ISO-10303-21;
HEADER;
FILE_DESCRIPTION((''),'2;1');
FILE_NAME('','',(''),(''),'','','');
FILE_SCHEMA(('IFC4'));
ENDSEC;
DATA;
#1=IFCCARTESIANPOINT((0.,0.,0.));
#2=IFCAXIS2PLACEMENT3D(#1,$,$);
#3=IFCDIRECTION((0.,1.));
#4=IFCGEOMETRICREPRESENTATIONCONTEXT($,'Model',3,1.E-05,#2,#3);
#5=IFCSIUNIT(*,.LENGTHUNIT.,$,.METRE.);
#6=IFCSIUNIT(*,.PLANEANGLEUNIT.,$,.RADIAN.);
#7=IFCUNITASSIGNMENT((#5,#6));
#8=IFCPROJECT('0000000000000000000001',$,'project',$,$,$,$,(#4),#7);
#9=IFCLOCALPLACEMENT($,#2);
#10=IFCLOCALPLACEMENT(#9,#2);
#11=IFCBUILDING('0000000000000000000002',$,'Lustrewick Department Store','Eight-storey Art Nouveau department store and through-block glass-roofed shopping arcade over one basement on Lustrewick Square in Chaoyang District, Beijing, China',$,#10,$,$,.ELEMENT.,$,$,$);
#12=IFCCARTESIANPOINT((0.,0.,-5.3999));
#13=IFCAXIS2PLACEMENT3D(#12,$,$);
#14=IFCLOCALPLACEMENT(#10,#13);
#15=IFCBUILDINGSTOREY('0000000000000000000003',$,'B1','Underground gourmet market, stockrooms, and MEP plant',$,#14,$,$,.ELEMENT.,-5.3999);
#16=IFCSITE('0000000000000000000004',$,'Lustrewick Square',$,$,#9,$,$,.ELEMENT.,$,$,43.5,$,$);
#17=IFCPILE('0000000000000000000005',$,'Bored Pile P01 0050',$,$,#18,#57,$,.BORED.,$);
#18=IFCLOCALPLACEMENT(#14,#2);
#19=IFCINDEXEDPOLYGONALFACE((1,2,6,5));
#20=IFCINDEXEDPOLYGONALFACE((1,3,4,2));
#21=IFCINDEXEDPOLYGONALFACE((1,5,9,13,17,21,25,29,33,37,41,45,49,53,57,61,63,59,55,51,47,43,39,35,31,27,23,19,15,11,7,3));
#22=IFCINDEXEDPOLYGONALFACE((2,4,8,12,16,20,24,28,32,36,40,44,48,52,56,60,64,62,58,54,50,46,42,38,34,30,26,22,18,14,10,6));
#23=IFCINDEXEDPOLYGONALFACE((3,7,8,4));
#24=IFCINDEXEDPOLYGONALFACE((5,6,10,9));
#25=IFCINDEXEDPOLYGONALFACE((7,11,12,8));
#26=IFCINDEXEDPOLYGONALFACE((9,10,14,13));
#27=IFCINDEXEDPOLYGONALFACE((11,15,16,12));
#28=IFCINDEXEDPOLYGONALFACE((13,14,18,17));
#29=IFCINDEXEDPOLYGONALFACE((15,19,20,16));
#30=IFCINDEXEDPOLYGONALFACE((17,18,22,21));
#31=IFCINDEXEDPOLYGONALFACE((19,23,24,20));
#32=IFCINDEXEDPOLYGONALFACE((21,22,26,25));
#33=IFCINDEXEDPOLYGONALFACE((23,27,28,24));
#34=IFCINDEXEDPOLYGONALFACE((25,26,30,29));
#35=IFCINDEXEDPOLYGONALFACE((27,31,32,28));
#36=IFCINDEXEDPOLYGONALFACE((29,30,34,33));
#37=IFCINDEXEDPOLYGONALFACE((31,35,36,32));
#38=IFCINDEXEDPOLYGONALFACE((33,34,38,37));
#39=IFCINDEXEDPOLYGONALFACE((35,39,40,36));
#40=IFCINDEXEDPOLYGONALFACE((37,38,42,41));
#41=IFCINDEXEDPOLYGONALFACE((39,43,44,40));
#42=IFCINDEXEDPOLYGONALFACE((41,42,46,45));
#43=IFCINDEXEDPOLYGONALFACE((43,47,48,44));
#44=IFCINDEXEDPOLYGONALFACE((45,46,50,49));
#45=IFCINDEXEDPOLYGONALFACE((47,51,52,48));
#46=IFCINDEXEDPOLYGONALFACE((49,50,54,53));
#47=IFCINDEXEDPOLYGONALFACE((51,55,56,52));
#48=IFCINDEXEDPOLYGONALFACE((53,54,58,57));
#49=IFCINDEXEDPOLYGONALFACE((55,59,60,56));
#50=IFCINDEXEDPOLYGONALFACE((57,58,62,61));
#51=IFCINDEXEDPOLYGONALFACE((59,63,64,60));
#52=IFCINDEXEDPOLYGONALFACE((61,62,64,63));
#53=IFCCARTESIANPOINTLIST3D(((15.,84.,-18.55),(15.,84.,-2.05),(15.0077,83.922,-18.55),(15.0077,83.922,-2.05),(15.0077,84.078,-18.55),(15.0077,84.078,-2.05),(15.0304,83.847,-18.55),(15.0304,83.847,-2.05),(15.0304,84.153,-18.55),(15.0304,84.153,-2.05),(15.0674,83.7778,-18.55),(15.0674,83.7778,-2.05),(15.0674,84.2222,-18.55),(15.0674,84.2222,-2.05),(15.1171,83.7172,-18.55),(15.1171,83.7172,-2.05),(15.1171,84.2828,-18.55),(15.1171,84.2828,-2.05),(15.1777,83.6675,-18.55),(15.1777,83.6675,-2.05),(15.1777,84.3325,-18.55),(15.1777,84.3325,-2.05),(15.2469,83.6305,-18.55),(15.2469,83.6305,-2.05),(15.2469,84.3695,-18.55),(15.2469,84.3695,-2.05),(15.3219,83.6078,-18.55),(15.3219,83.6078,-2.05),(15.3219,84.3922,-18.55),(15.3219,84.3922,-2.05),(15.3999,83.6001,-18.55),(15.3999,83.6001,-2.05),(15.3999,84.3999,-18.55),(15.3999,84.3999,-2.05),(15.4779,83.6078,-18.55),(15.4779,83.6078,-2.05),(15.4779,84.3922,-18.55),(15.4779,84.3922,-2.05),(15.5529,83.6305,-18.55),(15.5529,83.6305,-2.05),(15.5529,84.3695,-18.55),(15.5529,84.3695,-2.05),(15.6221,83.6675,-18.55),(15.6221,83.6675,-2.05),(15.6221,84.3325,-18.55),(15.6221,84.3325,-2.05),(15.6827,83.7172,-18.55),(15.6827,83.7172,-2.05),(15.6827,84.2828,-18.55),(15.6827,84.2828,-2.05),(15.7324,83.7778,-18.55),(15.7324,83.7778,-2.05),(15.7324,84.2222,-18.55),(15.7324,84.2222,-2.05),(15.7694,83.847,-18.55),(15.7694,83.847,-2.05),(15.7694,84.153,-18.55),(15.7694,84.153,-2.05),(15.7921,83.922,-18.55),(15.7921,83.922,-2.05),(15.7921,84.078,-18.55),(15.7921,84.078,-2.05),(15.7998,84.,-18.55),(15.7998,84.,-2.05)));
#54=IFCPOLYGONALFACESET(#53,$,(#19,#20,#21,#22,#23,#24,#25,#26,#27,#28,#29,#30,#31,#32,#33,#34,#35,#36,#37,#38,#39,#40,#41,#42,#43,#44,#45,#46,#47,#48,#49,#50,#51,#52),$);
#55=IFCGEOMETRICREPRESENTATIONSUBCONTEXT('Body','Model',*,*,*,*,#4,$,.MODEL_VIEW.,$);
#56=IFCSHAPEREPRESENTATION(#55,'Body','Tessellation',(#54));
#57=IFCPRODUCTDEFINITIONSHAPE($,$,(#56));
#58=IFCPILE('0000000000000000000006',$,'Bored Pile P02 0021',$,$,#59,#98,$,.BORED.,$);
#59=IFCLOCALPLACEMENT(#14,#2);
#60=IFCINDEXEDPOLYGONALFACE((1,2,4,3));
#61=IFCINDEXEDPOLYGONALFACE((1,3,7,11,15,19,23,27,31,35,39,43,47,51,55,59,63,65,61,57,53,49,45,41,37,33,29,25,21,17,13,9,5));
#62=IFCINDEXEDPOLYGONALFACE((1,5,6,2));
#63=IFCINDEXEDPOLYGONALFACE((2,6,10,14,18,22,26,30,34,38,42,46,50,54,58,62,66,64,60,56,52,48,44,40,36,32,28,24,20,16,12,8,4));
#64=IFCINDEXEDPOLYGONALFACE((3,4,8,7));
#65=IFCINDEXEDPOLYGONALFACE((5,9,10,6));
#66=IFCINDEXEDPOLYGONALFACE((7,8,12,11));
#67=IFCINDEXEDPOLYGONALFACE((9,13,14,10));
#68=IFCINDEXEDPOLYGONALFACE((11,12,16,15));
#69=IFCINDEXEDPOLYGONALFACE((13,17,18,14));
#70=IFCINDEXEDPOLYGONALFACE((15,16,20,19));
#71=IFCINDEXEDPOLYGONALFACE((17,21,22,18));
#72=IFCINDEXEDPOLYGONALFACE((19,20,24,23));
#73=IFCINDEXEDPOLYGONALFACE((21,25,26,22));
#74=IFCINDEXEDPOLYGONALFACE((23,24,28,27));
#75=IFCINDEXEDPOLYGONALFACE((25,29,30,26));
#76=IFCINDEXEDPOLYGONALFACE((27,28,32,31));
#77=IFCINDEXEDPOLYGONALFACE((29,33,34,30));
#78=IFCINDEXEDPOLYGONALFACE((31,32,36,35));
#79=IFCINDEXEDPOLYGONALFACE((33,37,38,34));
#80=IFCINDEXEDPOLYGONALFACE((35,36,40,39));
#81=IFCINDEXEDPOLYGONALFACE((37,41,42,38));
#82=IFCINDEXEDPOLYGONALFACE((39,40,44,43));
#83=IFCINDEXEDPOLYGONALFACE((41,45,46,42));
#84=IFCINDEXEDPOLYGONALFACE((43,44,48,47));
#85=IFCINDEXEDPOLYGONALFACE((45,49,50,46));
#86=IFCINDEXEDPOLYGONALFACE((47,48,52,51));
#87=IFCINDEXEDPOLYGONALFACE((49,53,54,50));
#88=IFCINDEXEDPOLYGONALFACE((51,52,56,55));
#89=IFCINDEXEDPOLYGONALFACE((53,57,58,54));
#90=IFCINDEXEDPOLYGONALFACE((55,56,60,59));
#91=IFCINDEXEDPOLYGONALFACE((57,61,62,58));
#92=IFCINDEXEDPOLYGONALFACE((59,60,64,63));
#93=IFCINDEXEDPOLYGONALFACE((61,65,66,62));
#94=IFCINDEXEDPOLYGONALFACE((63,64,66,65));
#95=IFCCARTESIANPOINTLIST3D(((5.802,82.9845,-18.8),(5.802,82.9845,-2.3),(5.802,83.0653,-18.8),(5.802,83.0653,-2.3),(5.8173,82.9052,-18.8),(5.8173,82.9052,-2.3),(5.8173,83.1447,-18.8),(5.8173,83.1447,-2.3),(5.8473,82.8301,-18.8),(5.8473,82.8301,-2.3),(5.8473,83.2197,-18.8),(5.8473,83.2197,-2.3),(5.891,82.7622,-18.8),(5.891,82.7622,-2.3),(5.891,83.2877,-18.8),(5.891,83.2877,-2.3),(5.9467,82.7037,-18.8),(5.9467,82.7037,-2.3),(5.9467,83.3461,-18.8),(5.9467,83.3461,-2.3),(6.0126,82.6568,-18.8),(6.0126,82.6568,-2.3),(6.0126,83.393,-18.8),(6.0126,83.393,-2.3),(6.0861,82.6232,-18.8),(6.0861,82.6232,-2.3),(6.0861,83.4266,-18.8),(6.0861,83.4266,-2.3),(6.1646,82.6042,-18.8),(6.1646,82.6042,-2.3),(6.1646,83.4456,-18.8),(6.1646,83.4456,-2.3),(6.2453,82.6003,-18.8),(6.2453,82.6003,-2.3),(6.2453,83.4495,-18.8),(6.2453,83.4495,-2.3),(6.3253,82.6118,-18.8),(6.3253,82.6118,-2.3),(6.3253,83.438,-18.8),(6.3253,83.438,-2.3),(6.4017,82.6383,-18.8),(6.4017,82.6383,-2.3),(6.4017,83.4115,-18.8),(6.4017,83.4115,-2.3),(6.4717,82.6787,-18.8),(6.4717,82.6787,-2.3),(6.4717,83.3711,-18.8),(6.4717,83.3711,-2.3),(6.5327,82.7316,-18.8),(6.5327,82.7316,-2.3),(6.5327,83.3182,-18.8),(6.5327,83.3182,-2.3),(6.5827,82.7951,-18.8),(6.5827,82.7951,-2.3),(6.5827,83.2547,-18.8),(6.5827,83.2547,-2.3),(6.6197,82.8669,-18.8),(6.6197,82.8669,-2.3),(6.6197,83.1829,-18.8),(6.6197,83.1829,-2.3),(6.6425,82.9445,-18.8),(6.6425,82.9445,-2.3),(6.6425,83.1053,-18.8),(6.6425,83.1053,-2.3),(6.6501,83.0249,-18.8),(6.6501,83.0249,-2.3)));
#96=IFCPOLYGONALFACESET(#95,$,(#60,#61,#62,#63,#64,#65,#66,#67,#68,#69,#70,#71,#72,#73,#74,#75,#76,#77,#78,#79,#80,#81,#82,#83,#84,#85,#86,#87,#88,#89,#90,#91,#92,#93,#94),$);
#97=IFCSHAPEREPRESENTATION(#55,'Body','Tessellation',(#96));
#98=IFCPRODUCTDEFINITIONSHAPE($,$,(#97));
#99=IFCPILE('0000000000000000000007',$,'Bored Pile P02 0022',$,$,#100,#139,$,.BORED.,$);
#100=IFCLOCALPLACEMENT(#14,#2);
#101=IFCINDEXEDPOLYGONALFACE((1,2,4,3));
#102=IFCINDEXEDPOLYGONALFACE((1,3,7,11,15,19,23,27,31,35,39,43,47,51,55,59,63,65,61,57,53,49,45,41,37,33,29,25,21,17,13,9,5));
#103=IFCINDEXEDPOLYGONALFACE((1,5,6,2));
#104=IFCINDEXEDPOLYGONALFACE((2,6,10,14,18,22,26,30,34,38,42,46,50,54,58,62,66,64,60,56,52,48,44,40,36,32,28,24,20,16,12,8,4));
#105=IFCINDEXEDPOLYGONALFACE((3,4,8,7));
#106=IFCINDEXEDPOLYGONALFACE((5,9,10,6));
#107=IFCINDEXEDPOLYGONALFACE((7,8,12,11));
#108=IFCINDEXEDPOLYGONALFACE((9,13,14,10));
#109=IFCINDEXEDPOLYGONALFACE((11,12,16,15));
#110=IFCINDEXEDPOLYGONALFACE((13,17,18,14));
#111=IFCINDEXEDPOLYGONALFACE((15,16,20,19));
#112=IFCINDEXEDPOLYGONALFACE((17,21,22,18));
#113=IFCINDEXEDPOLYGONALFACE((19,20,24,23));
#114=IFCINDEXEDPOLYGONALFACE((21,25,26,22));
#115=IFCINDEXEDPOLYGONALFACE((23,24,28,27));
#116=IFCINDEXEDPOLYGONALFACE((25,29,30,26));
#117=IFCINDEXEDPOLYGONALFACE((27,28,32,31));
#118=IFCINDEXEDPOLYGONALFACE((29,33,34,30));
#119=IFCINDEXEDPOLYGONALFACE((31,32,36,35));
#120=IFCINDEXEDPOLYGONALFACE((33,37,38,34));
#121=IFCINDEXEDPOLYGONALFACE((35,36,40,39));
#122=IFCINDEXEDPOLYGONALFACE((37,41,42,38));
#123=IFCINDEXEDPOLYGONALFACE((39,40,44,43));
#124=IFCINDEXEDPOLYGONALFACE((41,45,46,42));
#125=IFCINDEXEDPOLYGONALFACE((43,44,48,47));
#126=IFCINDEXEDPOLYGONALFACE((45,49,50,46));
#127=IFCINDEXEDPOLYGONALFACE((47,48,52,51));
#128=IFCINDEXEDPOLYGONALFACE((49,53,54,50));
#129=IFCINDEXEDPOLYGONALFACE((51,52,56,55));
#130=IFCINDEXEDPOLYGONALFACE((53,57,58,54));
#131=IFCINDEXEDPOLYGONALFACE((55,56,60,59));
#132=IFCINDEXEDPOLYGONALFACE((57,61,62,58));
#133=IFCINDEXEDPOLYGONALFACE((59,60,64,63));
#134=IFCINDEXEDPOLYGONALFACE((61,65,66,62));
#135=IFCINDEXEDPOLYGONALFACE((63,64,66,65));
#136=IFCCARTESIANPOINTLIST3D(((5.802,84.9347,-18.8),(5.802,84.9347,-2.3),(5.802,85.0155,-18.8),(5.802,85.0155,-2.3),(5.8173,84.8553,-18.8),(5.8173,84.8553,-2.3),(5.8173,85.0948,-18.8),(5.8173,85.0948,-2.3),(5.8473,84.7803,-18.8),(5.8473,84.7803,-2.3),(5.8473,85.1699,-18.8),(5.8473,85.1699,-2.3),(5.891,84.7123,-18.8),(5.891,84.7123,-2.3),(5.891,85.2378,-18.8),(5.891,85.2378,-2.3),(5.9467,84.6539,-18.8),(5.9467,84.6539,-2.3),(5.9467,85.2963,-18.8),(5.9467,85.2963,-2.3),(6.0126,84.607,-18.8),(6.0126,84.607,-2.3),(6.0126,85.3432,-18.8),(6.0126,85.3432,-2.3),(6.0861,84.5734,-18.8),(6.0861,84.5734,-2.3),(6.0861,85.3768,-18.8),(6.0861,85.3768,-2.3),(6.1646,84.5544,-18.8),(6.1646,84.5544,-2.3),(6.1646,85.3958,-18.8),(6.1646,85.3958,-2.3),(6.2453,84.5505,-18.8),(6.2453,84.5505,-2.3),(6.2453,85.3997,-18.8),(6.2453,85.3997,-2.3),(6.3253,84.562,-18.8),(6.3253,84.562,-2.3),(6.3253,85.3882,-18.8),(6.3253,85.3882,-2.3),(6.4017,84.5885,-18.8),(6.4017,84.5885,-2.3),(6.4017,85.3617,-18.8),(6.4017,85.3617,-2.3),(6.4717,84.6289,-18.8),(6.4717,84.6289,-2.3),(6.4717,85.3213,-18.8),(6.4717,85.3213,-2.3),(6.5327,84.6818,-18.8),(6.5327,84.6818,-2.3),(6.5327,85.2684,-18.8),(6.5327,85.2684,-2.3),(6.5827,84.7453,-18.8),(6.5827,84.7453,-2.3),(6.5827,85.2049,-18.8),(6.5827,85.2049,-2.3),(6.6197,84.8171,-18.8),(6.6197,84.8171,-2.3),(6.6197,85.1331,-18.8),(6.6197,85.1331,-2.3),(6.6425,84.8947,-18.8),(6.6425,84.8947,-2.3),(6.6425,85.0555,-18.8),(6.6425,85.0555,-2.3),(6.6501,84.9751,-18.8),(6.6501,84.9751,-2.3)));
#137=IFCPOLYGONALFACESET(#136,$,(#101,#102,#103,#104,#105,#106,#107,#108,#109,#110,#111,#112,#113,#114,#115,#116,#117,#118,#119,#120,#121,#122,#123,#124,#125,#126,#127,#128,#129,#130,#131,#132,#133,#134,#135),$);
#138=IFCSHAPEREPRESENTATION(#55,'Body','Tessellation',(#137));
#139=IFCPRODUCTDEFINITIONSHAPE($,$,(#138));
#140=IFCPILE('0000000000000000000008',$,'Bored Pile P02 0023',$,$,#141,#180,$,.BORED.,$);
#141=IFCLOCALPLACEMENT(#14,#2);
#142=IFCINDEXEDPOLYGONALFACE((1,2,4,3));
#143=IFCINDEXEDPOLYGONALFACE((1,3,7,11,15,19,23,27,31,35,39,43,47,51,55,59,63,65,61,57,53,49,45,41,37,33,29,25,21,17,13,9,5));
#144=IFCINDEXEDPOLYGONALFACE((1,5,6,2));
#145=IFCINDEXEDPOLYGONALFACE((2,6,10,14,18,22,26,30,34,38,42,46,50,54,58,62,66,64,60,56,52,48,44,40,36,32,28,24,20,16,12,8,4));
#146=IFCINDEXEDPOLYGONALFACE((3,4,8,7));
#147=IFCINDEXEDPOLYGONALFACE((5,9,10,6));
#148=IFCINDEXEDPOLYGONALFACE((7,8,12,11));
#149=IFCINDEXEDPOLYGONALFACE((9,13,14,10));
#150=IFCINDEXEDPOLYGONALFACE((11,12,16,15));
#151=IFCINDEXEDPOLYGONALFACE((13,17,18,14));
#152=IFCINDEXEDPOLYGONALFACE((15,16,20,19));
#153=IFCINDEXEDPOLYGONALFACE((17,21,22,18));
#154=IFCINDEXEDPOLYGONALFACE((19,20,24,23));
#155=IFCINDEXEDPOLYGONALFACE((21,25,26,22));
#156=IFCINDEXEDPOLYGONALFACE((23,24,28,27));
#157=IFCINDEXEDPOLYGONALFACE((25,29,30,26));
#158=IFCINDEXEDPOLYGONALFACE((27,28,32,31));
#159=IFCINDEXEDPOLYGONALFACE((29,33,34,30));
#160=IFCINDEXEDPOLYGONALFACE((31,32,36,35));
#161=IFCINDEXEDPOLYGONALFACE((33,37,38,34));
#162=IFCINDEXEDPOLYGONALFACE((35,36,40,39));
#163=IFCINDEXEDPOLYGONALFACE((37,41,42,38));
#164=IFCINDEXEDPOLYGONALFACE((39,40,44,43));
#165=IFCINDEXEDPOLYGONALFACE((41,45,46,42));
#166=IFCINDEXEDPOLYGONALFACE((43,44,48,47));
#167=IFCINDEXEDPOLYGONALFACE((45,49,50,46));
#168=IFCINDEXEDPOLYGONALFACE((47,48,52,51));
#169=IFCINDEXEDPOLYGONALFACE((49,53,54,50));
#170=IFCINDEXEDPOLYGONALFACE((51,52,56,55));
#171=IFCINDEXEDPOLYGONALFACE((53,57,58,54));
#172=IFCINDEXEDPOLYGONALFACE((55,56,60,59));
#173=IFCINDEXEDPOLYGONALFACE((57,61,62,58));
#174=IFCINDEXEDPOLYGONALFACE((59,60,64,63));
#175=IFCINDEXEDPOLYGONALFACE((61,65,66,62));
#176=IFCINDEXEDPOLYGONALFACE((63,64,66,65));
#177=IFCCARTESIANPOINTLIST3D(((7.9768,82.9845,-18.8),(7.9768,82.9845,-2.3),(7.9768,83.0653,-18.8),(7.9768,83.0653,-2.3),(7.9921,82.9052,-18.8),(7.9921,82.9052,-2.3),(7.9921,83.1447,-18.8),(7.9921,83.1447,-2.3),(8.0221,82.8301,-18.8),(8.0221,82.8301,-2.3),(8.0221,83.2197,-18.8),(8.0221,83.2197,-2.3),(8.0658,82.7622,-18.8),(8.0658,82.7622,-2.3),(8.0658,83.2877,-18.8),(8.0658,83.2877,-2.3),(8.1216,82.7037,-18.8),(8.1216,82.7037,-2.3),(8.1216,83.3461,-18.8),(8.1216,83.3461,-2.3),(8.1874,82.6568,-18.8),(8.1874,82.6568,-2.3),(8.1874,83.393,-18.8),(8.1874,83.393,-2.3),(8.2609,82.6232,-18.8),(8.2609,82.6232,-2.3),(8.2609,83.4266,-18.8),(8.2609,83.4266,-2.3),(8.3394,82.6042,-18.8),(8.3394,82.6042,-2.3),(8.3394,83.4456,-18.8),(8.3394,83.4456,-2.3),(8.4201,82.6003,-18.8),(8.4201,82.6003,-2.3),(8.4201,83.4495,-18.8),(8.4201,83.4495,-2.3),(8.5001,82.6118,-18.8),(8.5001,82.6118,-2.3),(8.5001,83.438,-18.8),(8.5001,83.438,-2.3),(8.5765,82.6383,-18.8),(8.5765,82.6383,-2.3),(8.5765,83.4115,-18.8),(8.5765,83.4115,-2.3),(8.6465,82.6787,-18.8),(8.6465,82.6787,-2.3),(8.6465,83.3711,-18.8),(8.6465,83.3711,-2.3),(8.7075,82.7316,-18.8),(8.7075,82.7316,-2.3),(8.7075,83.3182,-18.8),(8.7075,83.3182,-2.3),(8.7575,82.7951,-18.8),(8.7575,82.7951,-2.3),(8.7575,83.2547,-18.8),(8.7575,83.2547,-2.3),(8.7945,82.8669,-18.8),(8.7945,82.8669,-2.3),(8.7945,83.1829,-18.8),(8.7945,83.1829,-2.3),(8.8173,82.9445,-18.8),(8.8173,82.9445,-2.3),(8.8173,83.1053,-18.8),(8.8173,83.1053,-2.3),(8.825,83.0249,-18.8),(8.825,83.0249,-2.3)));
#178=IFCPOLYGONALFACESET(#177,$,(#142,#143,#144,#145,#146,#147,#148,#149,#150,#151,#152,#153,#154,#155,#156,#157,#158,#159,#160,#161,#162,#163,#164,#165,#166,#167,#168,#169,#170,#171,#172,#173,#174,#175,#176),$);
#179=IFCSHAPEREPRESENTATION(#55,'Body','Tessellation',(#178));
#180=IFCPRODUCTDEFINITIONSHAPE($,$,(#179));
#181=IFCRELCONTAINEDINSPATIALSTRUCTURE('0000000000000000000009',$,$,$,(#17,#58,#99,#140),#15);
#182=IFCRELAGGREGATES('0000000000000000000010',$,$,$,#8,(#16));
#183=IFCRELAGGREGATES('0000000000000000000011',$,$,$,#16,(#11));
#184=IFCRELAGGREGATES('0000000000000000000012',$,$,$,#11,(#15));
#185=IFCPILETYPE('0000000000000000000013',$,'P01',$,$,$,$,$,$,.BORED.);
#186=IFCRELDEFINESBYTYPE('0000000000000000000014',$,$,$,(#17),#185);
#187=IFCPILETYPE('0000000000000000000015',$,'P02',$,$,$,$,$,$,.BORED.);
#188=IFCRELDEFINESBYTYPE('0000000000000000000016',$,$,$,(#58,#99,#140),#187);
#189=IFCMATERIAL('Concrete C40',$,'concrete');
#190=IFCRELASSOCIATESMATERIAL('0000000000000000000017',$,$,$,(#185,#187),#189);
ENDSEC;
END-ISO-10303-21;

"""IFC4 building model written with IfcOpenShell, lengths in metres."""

from ifc_helpers import new_model, si_unit, direction, frame, origin, origin_2d, place, context, subcontext, project, spatial, circle, extrude, material, material_profile, profile_set, type_object, element, save


model = new_model("IFC4")

# Units and contexts
model_context = context("Model", 3, precision=1e-05, world=origin(), true_north=direction((0.0, 1.0)))
body_context = subcontext(model_context, "Body", "Model", "MODEL_VIEW")
ifc_project = project(units=[si_unit("LENGTHUNIT", "METRE"), si_unit("PLANEANGLEUNIT", "RADIAN")], contexts=[model_context])

# Site, building, storey
site_placement = place(None, origin())
site = spatial("IfcSite", under=ifc_project, at=site_placement, Name="Lustrewick Square", CompositionType="ELEMENT", RefElevation=43.5)
building_placement = place(site_placement, origin())
building = spatial("IfcBuilding", under=site, at=building_placement, Name="Lustrewick Department Store", Description="Eight-storey Art Nouveau department store and through-block glass-roofed shopping arcade over one basement on Lustrewick Square in Chaoyang District, Beijing, China", CompositionType="ELEMENT")
storey_placement = place(building_placement, frame((0.0, 0.0, -5.3999)))
storey = spatial("IfcBuildingStorey", under=building, at=storey_placement, Name="B1", Description="Underground gourmet market, stockrooms, and MEP plant", CompositionType="ELEMENT", Elevation=-5.3999)

# Piles
ifc_material_1 = material(Name="Concrete C40", Category="concrete")
ifc_material_profile_1 = material_profile(ifc_material_1, circle(Radius=0.3999, at=origin_2d()), Name="PILE D800")
ifc_profile_set_1 = profile_set([ifc_material_profile_1], Name="Concrete C40")
pile_type_1 = type_object("IfcPileType", Name="P01", PredefinedType="BORED", material=ifc_profile_set_1)
pile_placement = place(storey_placement, frame((15.3999, 84.0, -2.05), z_axis=(0.0, 0.0, -1.0), x_axis=(1.0, 0.0, 0.0)))
element("IfcPile", 1, at=pile_placement, inside=storey, type_object=pile_type_1, Name="Bored Pile P01 0050", PredefinedType="BORED", context=body_context, shape_type="SweptSolid", body=[
    extrude(circle(Radius=0.3999, at=origin_2d()), origin(), (0.0, 0.0, 1.0), 16.5),
])
ifc_material_profile_2 = material_profile(ifc_material_1, circle(Radius=0.425, at=origin_2d()), Name="PILE D850")
ifc_profile_set_2 = profile_set([ifc_material_profile_2], Name="Concrete C40")
pile_type_2 = type_object("IfcPileType", Name="P02", PredefinedType="BORED", material=ifc_profile_set_2)
for number, where, z_axis, x_axis, name in (
    (2, (6.2251, 83.0249, -2.3), (0.0, 0.0, -1.0), (1.0, 0.0, 0.0), "Bored Pile P02 0021"),
    (3, (6.2251, 84.9751, -2.3), (0.0, 0.0, -1.0), (1.0, 0.0, 0.0), "Bored Pile P02 0022"),
    (4, (8.3999, 83.0249, -2.3), (0.0, 0.0, -1.0), (1.0, 0.0, 0.0), "Bored Pile P02 0023"),
):
    element("IfcPile", number, at=place(storey_placement, frame(where, z_axis=z_axis, x_axis=x_axis)), inside=storey, type_object=pile_type_2, Name=name, PredefinedType="BORED", context=body_context, shape_type="SweptSolid", body=[
        extrude(circle(Radius=0.425, at=origin_2d()), origin(), (0.0, 0.0, 1.0), 16.5),
    ])

save(model, "model.ifc")
